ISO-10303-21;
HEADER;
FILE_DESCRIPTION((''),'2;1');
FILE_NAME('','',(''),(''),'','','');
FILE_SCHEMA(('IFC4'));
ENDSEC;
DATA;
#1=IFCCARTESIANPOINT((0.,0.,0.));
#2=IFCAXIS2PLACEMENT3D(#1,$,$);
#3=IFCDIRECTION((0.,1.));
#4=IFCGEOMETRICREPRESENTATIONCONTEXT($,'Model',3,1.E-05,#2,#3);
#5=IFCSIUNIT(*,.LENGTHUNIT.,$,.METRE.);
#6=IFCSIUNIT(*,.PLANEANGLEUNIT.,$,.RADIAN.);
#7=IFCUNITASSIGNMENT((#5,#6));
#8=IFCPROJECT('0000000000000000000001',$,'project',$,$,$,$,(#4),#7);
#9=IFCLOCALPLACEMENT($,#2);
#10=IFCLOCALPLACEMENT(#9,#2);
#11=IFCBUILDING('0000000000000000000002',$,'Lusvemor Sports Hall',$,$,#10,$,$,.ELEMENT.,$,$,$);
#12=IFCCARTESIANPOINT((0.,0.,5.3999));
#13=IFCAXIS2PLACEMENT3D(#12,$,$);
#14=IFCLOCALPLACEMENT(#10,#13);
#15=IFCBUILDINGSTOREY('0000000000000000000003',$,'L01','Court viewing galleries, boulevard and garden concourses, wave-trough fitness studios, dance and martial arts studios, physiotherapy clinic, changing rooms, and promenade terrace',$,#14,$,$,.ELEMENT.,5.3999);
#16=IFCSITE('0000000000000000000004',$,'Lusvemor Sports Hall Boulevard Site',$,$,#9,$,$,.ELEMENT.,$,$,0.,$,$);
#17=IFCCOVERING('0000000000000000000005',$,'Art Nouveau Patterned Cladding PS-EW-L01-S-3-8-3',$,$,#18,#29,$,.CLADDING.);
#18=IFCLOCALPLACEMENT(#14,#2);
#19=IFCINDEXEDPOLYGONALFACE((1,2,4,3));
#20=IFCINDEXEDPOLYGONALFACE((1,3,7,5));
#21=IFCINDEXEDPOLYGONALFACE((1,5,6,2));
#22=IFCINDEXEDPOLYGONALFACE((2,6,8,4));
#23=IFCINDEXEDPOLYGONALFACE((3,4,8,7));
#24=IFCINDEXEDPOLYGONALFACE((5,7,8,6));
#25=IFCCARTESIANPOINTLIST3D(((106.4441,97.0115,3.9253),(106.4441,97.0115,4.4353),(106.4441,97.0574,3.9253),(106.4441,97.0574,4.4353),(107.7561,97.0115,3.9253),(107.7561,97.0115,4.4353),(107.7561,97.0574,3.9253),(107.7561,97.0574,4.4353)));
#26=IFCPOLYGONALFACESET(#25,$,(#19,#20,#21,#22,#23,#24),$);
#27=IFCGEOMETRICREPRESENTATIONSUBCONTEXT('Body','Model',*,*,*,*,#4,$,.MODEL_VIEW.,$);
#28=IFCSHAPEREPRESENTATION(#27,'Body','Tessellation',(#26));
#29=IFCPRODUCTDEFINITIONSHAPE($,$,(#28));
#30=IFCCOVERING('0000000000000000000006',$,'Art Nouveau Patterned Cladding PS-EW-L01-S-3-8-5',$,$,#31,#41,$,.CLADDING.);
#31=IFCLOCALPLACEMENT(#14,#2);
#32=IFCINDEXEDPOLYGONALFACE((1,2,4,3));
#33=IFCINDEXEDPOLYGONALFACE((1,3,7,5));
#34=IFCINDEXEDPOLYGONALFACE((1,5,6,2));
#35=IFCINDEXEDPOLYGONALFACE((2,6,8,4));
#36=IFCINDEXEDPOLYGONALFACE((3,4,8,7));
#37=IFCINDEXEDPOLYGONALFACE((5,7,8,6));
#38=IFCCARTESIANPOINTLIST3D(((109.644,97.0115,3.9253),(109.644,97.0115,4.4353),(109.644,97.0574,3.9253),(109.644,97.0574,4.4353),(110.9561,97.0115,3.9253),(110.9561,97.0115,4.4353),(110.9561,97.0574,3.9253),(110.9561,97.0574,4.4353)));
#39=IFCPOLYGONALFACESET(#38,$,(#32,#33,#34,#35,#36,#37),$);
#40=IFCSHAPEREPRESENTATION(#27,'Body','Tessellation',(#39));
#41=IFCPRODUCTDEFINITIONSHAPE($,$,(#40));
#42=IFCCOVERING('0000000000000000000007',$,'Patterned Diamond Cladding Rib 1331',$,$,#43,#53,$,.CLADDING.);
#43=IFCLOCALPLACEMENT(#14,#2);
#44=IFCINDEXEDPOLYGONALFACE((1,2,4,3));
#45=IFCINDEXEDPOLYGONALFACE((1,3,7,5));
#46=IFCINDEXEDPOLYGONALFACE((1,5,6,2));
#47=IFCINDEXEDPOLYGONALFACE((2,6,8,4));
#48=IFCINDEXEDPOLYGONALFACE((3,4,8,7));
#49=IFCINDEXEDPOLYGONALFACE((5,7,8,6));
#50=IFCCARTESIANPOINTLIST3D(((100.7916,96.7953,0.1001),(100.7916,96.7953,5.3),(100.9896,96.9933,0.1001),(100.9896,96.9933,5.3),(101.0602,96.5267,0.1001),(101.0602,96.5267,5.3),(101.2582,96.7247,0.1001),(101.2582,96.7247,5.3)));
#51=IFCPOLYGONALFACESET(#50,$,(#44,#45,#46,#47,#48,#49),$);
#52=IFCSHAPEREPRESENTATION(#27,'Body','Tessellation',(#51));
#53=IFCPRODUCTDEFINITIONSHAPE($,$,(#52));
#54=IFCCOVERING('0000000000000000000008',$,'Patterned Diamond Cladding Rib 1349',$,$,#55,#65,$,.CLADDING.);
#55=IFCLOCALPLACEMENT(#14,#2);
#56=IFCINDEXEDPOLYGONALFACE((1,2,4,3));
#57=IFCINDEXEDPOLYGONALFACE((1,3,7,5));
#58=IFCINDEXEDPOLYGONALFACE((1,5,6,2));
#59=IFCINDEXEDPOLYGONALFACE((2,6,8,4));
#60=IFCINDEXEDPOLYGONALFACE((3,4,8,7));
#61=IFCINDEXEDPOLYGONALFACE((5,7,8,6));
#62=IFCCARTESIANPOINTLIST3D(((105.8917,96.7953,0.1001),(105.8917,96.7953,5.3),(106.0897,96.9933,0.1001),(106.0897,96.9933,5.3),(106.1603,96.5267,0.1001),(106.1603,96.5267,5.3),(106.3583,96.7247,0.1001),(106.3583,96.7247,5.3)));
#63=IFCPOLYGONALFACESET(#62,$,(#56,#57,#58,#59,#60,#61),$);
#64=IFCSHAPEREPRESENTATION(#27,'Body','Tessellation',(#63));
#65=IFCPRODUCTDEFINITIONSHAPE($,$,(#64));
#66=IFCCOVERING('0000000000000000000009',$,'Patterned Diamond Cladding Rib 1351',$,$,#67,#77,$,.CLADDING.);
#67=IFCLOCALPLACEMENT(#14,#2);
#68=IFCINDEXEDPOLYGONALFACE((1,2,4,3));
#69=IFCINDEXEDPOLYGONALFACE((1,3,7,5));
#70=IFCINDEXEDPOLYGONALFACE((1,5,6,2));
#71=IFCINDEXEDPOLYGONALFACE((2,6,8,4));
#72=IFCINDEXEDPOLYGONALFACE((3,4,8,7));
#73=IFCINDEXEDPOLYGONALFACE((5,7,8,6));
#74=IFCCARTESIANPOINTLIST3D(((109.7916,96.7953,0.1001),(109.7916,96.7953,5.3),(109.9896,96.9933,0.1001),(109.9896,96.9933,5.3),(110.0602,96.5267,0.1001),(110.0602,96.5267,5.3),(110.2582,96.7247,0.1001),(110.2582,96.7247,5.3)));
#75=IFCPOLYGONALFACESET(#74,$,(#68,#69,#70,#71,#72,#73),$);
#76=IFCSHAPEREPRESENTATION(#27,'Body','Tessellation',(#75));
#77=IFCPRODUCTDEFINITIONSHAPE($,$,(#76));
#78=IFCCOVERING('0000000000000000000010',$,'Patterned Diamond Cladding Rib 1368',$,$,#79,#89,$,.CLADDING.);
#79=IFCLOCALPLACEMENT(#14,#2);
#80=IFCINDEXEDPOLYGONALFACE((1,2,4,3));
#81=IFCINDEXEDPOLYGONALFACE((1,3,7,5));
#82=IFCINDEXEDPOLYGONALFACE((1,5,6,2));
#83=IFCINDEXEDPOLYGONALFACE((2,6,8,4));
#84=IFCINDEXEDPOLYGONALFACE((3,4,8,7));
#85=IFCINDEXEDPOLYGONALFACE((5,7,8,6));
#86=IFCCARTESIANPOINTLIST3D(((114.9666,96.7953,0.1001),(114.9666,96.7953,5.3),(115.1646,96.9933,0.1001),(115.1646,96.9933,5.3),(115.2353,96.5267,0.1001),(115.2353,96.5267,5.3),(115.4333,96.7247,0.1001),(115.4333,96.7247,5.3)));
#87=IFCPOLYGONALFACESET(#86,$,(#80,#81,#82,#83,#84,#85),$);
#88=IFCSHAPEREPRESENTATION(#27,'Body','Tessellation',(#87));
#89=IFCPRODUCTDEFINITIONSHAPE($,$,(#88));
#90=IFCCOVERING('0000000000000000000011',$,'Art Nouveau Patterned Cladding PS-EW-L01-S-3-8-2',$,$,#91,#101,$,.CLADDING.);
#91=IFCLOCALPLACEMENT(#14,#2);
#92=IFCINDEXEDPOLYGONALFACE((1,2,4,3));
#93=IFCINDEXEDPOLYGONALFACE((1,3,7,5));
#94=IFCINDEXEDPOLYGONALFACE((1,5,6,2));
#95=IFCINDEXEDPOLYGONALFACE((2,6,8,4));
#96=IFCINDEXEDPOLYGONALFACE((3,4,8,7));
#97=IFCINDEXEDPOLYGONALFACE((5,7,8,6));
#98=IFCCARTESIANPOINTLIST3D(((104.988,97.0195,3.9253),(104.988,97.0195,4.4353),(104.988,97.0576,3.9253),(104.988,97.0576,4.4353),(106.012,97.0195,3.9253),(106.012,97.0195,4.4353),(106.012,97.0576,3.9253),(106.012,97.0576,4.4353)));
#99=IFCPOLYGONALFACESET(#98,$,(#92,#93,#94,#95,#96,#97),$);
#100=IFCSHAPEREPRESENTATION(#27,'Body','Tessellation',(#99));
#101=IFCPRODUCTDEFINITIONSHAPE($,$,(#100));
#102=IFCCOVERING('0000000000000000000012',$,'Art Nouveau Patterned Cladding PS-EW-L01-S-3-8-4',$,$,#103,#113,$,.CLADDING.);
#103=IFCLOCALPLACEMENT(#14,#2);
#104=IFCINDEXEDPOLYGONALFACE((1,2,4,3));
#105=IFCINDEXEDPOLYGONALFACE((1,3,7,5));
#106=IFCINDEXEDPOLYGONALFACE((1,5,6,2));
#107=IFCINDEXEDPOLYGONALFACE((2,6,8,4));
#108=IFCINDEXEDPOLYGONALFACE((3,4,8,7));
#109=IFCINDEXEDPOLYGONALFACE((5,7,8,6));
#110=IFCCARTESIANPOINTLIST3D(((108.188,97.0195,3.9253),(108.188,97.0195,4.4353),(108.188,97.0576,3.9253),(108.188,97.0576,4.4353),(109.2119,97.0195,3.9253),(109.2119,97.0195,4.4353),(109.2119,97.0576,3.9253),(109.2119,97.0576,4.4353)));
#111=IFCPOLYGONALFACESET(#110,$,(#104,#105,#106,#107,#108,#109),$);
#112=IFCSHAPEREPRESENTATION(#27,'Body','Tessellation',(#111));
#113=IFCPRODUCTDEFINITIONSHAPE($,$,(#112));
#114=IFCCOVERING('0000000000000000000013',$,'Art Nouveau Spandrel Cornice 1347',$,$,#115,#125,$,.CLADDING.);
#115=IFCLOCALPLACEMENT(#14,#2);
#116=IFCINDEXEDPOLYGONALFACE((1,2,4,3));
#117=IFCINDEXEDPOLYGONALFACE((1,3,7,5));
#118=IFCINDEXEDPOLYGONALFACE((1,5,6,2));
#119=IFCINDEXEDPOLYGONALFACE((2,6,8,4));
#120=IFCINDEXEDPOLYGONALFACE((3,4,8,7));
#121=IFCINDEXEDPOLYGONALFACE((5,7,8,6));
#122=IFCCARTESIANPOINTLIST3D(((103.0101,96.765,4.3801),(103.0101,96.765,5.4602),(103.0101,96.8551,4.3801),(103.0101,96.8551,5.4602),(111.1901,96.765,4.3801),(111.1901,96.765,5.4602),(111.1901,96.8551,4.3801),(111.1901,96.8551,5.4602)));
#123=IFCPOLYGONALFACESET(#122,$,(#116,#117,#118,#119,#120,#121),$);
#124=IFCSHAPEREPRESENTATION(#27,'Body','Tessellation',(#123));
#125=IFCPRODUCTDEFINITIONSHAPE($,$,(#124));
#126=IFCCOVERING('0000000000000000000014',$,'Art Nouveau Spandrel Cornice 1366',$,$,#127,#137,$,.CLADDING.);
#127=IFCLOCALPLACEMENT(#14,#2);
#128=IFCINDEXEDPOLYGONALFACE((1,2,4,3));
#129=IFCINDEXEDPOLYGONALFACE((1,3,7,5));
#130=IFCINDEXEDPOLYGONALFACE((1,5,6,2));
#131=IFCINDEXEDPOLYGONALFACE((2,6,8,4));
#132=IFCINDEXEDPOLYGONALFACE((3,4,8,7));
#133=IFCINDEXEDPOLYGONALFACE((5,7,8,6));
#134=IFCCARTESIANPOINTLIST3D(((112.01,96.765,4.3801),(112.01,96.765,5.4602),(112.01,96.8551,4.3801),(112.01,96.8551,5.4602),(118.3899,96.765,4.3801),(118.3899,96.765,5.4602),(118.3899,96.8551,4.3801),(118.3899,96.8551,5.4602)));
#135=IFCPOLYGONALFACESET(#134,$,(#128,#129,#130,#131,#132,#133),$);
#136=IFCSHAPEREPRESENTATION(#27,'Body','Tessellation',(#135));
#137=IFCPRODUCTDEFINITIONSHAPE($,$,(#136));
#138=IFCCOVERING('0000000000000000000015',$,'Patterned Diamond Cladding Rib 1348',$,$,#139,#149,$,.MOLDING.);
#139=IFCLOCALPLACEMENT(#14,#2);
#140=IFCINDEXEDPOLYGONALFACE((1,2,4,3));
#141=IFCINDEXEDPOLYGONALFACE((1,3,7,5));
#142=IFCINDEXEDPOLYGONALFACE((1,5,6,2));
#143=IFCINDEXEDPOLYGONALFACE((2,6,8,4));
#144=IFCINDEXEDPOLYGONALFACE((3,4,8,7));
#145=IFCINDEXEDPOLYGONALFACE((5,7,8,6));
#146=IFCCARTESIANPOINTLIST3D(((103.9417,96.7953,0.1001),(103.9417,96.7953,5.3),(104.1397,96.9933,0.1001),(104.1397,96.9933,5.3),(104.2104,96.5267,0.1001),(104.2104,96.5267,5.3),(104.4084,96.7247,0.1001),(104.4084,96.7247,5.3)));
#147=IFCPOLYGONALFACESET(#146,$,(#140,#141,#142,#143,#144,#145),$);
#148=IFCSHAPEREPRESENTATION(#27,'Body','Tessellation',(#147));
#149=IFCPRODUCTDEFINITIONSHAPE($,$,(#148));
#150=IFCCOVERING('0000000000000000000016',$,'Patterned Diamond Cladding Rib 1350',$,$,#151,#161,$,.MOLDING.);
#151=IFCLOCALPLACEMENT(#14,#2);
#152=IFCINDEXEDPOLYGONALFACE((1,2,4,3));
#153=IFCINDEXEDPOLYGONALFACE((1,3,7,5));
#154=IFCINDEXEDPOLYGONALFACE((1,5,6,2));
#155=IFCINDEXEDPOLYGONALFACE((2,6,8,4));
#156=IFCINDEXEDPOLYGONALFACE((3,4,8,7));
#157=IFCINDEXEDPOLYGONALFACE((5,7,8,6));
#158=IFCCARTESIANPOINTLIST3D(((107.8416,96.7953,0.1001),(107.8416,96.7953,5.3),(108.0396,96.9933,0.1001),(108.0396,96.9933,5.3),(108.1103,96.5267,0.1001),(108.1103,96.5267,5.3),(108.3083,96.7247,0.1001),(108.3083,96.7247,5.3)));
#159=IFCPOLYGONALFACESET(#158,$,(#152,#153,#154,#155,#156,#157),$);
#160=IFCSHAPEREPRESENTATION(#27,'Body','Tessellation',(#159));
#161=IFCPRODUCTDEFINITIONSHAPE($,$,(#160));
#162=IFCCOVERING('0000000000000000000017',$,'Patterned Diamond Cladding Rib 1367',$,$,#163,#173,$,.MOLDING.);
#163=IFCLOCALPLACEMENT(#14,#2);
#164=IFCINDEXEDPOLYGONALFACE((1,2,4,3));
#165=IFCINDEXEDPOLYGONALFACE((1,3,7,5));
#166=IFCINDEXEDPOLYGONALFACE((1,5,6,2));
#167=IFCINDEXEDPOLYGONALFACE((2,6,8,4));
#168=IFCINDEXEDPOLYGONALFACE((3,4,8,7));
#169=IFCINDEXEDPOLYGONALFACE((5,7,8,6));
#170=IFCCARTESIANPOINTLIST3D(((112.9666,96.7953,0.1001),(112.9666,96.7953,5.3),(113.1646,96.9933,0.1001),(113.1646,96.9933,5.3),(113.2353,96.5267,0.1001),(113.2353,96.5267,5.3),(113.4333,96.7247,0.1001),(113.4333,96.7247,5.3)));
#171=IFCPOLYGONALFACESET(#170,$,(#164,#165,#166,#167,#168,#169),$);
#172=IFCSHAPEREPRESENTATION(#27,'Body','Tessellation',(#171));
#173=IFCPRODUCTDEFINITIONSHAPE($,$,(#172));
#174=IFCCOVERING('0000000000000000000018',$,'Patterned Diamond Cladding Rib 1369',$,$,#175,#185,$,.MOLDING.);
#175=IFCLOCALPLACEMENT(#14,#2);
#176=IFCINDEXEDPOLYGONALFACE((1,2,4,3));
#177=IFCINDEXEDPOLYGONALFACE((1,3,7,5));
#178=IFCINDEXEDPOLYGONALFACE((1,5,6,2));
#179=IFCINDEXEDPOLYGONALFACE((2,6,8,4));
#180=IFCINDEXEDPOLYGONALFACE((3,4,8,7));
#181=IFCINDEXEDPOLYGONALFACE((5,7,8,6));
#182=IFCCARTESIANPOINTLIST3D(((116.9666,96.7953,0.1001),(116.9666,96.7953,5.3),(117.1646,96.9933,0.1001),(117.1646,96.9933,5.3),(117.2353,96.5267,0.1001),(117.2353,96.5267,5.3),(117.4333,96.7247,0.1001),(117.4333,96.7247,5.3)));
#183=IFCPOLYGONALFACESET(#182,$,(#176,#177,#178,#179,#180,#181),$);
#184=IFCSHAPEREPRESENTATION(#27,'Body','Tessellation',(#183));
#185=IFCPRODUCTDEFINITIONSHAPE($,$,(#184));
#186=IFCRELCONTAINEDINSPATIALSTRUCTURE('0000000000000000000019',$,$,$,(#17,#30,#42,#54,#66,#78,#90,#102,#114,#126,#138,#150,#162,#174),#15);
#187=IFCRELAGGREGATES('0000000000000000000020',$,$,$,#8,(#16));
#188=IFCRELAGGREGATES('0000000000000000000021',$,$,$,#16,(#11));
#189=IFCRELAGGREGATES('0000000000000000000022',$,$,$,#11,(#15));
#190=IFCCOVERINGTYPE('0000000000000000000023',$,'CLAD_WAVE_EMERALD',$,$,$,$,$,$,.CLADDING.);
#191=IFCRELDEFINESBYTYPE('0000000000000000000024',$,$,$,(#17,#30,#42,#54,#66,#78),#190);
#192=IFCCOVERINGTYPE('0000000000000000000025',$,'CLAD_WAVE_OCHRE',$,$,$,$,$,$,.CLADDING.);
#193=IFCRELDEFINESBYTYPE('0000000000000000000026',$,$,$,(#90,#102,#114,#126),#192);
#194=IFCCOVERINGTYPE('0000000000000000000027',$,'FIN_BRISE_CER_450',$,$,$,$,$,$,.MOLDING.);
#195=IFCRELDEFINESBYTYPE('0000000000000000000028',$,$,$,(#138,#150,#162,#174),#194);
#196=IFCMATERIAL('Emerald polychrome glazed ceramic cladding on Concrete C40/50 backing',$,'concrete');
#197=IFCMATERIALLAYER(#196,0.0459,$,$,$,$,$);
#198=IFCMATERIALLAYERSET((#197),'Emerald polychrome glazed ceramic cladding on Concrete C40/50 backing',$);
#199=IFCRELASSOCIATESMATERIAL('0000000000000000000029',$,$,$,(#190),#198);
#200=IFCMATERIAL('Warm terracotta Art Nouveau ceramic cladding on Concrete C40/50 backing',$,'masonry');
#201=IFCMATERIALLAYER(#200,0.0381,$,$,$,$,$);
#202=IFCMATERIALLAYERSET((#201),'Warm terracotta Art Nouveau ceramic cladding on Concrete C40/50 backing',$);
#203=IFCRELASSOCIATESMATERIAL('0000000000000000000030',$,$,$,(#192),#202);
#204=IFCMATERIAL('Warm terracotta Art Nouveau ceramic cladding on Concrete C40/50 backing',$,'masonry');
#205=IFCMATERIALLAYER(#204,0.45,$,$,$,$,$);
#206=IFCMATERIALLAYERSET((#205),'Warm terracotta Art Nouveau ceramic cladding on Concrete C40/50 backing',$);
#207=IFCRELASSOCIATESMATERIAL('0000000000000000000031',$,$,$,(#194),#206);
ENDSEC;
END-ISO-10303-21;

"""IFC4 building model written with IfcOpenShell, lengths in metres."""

from ifc_helpers import new_model, si_unit, direction, frame, origin, origin_2d, place, context, subcontext, project, spatial, rectangle, extrude, material, layer, layer_set, type_object, element, save


model = new_model("IFC4")

# Units and contexts
model_context = context("Model", 3, precision=1e-05, world=origin(), true_north=direction((0.0, 1.0)))
body_context = subcontext(model_context, "Body", "Model", "MODEL_VIEW")
ifc_project = project(units=[si_unit("LENGTHUNIT", "METRE"), si_unit("PLANEANGLEUNIT", "RADIAN")], contexts=[model_context])

# Site, building, storey
site_placement = place(None, origin())
site = spatial("IfcSite", under=ifc_project, at=site_placement, Name="Lusvemor Sports Hall Boulevard Site", CompositionType="ELEMENT", RefElevation=0.0)
building_placement = place(site_placement, origin())
building = spatial("IfcBuilding", under=site, at=building_placement, Name="Lusvemor Sports Hall", CompositionType="ELEMENT")
storey_placement = place(building_placement, frame((0.0, 0.0, 5.3999)))
storey = spatial("IfcBuildingStorey", under=building, at=storey_placement, Name="L01", Description="Court viewing galleries, boulevard and garden concourses, wave-trough fitness studios, dance and martial arts studios, physiotherapy clinic, changing rooms, and promenade terrace", CompositionType="ELEMENT", Elevation=5.3999)

# Coverings
ifc_material_1 = material(Name="Emerald polychrome glazed ceramic cladding on Concrete C40/50 backing", Category="concrete")
ifc_layer_1 = layer(ifc_material_1, 0.0459)
ifc_layer_set_1 = layer_set([ifc_layer_1], Name="Emerald polychrome glazed ceramic cladding on Concrete C40/50 backing")
covering_type_1 = type_object("IfcCoveringType", Name="CLAD_WAVE_EMERALD", PredefinedType="CLADDING", material=ifc_layer_set_1)
for number, where, z_axis, x_axis, name in (
    (1, (107.1001, 97.0344, 3.9253), (0.0, 0.0, 1.0), (1.0, 0.0, 0.0), "Art Nouveau Patterned Cladding PS-EW-L01-S-3-8-3"),
    (2, (110.3, 97.0344, 3.9253), (0.0, 0.0, 1.0), (1.0, 0.0, 0.0), "Art Nouveau Patterned Cladding PS-EW-L01-S-3-8-5"),
):
    element("IfcCovering", number, at=place(storey_placement, frame(where, z_axis=z_axis, x_axis=x_axis)), inside=storey, type_object=covering_type_1, Name=name, PredefinedType="CLADDING", context=body_context, shape_type="SweptSolid", body=[
        extrude(rectangle(XDim=1.312, YDim=0.0459, at=origin_2d()), origin(), (0.0, 0.0, 1.0), 0.51),
    ])
for number, where, z_axis, x_axis, name in (
    (3, (101.0249, 96.76, 0.1001), (0.0, 0.0, 1.0), (0.707107, 0.707107, 0.0), "Patterned Diamond Cladding Rib 1331"),
    (4, (106.125, 96.76, 0.1001), (0.0, 0.0, 1.0), (0.707107, 0.707107, 0.0), "Patterned Diamond Cladding Rib 1349"),
    (5, (110.0249, 96.76, 0.1001), (0.0, 0.0, 1.0), (0.707107, 0.707107, 0.0), "Patterned Diamond Cladding Rib 1351"),
    (6, (115.2, 96.76, 0.1001), (0.0, 0.0, 1.0), (0.707107, 0.707107, 0.0), "Patterned Diamond Cladding Rib 1368"),
):
    element("IfcCovering", number, at=place(storey_placement, frame(where, z_axis=z_axis, x_axis=x_axis)), inside=storey, type_object=covering_type_1, Name=name, PredefinedType="CLADDING", context=body_context, shape_type="SweptSolid", body=[
        extrude(rectangle(XDim=0.28, YDim=0.3799, at=origin_2d()), origin(), (0.0, 0.0, 1.0), 5.2),
    ])
ifc_material_2 = material(Name="Warm terracotta Art Nouveau ceramic cladding on Concrete C40/50 backing", Category="masonry")
ifc_layer_2 = layer(ifc_material_2, 0.0381)
ifc_layer_set_2 = layer_set([ifc_layer_2], Name="Warm terracotta Art Nouveau ceramic cladding on Concrete C40/50 backing")
covering_type_2 = type_object("IfcCoveringType", Name="CLAD_WAVE_OCHRE", PredefinedType="CLADDING", material=ifc_layer_set_2)
for number, where, z_axis, x_axis, name in (
    (7, (105.5, 97.0386, 3.9253), (0.0, 0.0, 1.0), (1.0, 0.0, 0.0), "Art Nouveau Patterned Cladding PS-EW-L01-S-3-8-2"),
    (8, (108.7, 97.0386, 3.9253), (0.0, 0.0, 1.0), (1.0, 0.0, 0.0), "Art Nouveau Patterned Cladding PS-EW-L01-S-3-8-4"),
):
    element("IfcCovering", number, at=place(storey_placement, frame(where, z_axis=z_axis, x_axis=x_axis)), inside=storey, type_object=covering_type_2, Name=name, PredefinedType="CLADDING", context=body_context, shape_type="SweptSolid", body=[
        extrude(rectangle(XDim=1.0239, YDim=0.0381, at=origin_2d()), origin(), (0.0, 0.0, 1.0), 0.51),
    ])
covering_1_placement = place(storey_placement, frame((107.1001, 96.8101, 4.3801), z_axis=(0.0, 0.0, 1.0), x_axis=(1.0, 0.0, 0.0)))
element("IfcCovering", 9, at=covering_1_placement, inside=storey, type_object=covering_type_2, Name="Art Nouveau Spandrel Cornice 1347", PredefinedType="CLADDING", context=body_context, shape_type="SweptSolid", body=[
    extrude(rectangle(XDim=8.1799, YDim=0.0901, at=origin_2d()), origin(), (0.0, 0.0, 1.0), 1.0801),
])
covering_2_placement = place(storey_placement, frame((115.2, 96.8101, 4.3801), z_axis=(0.0, 0.0, 1.0), x_axis=(1.0, 0.0, 0.0)))
element("IfcCovering", 10, at=covering_2_placement, inside=storey, type_object=covering_type_2, Name="Art Nouveau Spandrel Cornice 1366", PredefinedType="CLADDING", context=body_context, shape_type="SweptSolid", body=[
    extrude(rectangle(XDim=6.3799, YDim=0.0901, at=origin_2d()), origin(), (0.0, 0.0, 1.0), 1.0801),
])
ifc_material_3 = material(Name="Warm terracotta Art Nouveau ceramic cladding on Concrete C40/50 backing", Category="masonry")
ifc_layer_3 = layer(ifc_material_3, 0.45)
ifc_layer_set_3 = layer_set([ifc_layer_3], Name="Warm terracotta Art Nouveau ceramic cladding on Concrete C40/50 backing")
covering_type_3 = type_object("IfcCoveringType", Name="FIN_BRISE_CER_450", PredefinedType="MOLDING", material=ifc_layer_set_3)
for number, where, z_axis, x_axis, name in (
    (11, (104.175, 96.76, 0.1001), (0.0, 0.0, 1.0), (0.707107, 0.707107, 0.0), "Patterned Diamond Cladding Rib 1348"),
    (12, (108.075, 96.76, 0.1001), (0.0, 0.0, 1.0), (0.707107, 0.707107, 0.0), "Patterned Diamond Cladding Rib 1350"),
    (13, (113.2, 96.76, 0.1001), (0.0, 0.0, 1.0), (0.707107, 0.707107, 0.0), "Patterned Diamond Cladding Rib 1367"),
    (14, (117.2, 96.76, 0.1001), (0.0, 0.0, 1.0), (0.707107, 0.707107, 0.0), "Patterned Diamond Cladding Rib 1369"),
):
    element("IfcCovering", number, at=place(storey_placement, frame(where, z_axis=z_axis, x_axis=x_axis)), inside=storey, type_object=covering_type_3, Name=name, PredefinedType="MOLDING", context=body_context, shape_type="SweptSolid", body=[
        extrude(rectangle(XDim=0.28, YDim=0.3799, at=origin_2d()), origin(), (0.0, 0.0, 1.0), 5.2),
    ])

save(model, "model.ifc")
